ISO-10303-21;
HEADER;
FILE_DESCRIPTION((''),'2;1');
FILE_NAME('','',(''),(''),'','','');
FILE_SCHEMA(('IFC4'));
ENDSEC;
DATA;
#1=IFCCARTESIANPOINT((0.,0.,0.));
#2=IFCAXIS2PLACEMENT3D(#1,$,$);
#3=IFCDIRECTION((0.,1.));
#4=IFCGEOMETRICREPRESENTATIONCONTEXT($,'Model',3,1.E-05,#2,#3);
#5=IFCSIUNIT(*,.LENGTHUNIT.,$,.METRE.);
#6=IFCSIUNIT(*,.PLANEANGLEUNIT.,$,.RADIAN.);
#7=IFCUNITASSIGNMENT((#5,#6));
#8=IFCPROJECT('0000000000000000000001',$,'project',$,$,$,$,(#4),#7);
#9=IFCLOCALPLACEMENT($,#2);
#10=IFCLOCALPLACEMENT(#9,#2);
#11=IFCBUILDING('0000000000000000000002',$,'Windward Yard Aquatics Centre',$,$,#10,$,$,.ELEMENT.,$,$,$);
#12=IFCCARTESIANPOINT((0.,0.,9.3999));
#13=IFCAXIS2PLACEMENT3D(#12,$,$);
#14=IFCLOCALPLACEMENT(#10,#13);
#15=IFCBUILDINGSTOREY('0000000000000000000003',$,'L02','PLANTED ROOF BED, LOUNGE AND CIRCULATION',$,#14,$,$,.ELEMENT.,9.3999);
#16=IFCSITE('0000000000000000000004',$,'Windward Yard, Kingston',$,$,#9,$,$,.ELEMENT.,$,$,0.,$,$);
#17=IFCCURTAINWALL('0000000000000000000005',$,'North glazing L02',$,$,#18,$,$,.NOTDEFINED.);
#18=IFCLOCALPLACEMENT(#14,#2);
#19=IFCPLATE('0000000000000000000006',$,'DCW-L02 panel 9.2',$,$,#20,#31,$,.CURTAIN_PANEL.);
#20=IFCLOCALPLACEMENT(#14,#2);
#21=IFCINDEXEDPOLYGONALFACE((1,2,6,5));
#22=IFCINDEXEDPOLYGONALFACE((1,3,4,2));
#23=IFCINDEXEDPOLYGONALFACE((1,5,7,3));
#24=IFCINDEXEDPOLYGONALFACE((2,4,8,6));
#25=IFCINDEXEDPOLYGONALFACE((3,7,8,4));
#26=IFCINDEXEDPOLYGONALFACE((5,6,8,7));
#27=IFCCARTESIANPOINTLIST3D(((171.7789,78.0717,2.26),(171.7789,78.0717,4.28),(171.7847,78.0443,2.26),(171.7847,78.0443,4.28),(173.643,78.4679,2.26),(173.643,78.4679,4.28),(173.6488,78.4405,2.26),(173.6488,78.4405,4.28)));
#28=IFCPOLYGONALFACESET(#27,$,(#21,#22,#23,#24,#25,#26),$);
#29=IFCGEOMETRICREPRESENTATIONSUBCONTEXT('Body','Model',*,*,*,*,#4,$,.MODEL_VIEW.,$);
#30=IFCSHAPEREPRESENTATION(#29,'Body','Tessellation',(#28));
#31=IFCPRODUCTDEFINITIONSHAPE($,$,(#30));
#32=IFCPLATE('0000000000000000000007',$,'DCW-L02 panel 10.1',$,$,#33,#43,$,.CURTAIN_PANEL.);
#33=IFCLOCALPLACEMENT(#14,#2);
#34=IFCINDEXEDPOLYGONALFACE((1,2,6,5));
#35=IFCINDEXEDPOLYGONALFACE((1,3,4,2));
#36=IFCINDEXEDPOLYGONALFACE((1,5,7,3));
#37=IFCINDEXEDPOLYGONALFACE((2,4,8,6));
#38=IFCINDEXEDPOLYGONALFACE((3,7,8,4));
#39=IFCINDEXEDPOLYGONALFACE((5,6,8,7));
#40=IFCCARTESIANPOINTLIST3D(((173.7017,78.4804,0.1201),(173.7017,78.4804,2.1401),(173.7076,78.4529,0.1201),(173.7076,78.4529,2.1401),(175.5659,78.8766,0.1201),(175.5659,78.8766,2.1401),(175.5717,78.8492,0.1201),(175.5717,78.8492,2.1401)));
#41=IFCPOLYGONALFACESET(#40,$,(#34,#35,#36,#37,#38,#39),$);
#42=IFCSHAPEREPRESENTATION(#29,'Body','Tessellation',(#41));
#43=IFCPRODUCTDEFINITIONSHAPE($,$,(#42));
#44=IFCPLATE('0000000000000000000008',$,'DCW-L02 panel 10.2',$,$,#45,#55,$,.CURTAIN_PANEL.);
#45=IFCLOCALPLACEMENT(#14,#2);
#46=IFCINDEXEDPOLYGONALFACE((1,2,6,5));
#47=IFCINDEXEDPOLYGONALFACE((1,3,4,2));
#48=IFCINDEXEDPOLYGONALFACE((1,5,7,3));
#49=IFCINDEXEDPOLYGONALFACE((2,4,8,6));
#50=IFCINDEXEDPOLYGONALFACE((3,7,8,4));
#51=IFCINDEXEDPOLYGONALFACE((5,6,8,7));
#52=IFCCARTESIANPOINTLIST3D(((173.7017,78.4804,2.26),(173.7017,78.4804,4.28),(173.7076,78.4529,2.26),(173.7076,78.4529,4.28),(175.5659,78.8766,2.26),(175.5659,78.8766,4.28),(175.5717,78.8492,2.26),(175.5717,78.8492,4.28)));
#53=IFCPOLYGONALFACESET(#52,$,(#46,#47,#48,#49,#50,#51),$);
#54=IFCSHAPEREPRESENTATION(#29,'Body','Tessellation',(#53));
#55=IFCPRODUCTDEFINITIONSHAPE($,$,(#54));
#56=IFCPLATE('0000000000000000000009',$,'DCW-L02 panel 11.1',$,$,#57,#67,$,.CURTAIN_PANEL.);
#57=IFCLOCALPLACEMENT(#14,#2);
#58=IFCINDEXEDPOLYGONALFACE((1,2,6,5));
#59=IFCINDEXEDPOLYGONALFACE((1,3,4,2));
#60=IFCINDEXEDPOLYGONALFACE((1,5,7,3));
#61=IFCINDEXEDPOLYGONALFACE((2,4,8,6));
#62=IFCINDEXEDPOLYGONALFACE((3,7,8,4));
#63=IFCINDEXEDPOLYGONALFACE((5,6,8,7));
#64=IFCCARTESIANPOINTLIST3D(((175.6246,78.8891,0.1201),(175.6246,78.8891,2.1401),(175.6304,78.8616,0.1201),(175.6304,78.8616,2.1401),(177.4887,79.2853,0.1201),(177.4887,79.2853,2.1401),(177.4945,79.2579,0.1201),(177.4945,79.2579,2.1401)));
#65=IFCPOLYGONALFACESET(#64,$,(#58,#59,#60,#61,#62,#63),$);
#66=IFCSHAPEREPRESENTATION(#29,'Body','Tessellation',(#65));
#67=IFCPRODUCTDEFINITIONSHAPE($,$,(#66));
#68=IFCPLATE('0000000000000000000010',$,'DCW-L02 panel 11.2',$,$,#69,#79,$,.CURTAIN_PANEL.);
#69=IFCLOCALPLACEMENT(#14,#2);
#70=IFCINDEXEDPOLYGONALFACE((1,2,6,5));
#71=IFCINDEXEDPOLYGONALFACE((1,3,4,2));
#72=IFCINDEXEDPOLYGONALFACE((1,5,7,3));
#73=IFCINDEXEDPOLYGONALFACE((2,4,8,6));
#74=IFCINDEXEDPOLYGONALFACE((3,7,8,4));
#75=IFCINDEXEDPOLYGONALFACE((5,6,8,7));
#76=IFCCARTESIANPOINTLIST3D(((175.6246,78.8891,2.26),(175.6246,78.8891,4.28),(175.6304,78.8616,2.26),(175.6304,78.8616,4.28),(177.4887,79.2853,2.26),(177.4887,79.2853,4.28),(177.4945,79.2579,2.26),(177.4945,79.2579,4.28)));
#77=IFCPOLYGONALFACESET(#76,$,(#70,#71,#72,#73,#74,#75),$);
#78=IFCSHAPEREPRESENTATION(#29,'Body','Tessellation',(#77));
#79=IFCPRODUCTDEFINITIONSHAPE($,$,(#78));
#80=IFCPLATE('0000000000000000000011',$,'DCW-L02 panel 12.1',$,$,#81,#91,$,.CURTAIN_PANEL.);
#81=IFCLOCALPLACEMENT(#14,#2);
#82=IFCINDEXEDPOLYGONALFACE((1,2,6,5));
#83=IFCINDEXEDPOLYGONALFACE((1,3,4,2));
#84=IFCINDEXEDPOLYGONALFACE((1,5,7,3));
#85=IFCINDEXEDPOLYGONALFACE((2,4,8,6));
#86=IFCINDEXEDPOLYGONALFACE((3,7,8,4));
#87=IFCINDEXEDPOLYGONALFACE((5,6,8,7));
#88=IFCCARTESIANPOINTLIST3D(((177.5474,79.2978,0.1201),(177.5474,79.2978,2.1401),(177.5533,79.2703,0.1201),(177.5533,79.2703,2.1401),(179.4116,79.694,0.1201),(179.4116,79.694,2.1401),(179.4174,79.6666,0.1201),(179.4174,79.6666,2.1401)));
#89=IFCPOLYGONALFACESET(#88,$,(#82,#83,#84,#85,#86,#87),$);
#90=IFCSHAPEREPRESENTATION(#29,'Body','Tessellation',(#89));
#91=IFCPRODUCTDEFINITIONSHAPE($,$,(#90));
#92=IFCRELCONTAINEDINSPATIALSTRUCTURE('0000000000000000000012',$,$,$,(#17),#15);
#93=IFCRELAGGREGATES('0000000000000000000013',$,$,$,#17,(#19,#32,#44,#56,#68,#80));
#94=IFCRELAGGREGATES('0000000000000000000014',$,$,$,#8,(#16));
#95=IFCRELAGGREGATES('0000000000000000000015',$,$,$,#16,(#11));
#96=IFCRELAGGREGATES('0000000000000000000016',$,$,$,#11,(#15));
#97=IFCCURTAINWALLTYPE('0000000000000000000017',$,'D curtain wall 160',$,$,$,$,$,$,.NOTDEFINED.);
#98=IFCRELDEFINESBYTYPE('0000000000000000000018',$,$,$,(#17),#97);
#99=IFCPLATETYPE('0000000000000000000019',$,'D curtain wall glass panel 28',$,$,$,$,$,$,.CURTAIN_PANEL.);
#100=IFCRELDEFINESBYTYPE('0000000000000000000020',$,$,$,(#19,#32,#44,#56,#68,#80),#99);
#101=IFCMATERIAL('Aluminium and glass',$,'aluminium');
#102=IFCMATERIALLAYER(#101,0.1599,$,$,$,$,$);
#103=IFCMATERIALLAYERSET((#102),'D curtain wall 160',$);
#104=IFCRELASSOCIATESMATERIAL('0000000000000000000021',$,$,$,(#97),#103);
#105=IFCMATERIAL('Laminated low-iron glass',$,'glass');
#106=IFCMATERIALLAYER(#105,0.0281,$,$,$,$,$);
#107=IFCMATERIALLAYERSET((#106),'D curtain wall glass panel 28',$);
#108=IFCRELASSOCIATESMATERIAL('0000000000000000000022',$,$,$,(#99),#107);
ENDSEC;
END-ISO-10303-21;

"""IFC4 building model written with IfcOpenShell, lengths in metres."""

from ifc_helpers import new_model, si_unit, direction, frame, origin, origin_2d, place, context, subcontext, project, spatial, rectangle, extrude, material, layer, layer_set, type_object, element, aggregate, save


model = new_model("IFC4")

# Units and contexts
model_context = context("Model", 3, precision=1e-05, world=origin(), true_north=direction((0.0, 1.0)))
body_context = subcontext(model_context, "Body", "Model", "MODEL_VIEW")
ifc_project = project(units=[si_unit("LENGTHUNIT", "METRE"), si_unit("PLANEANGLEUNIT", "RADIAN")], contexts=[model_context])

# Site, building, storey
site_placement = place(None, origin())
site = spatial("IfcSite", under=ifc_project, at=site_placement, Name="Windward Yard, Kingston", CompositionType="ELEMENT", RefElevation=0.0)
building_placement = place(site_placement, origin())
building = spatial("IfcBuilding", under=site, at=building_placement, Name="Windward Yard Aquatics Centre", CompositionType="ELEMENT")
storey_placement = place(building_placement, frame((0.0, 0.0, 9.3999)))
storey = spatial("IfcBuildingStorey", under=building, at=storey_placement, Name="L02", Description="PLANTED ROOF BED, LOUNGE AND CIRCULATION", CompositionType="ELEMENT", Elevation=9.3999)

# Curtain wall, plates
ifc_material_1 = material(Name="Aluminium and glass", Category="aluminium")
ifc_layer_1 = layer(ifc_material_1, 0.1599)
ifc_layer_set_1 = layer_set([ifc_layer_1], Name="D curtain wall 160")
curtain_wall_type = type_object("IfcCurtainWallType", Name="D curtain wall 160", PredefinedType="NOTDEFINED", material=ifc_layer_set_1)
curtain_wall_placement = place(storey_placement, origin())
curtain_wall = element("IfcCurtainWall", 1, at=curtain_wall_placement, inside=storey, type_object=curtain_wall_type, Name="North glazing L02", PredefinedType="NOTDEFINED")
ifc_material_2 = material(Name="Laminated low-iron glass", Category="glass")
ifc_layer_2 = layer(ifc_material_2, 0.0281)
ifc_layer_set_2 = layer_set([ifc_layer_2], Name="D curtain wall glass panel 28")
plate_type = type_object("IfcPlateType", Name="D curtain wall glass panel 28", PredefinedType="CURTAIN_PANEL", material=ifc_layer_set_2)
plate_1_placement = place(storey_placement, frame((172.7139, 78.2561, 2.26), z_axis=(0.0, 0.0, 1.0), x_axis=(0.978148, 0.207912, 0.0)))
plate_1 = element("IfcPlate", 2, at=plate_1_placement, type_object=plate_type, Name="DCW-L02 panel 9.2", PredefinedType="CURTAIN_PANEL", context=body_context, shape_type="SweptSolid", body=[
    extrude(rectangle(XDim=1.9058, YDim=0.0281, at=origin_2d()), origin(), (0.0, 0.0, 1.0), 2.02),
])
plate_2_placement = place(storey_placement, frame((174.6367, 78.6648, 0.1201), z_axis=(0.0, 0.0, 1.0), x_axis=(0.978148, 0.207912, 0.0)))
plate_2 = element("IfcPlate", 3, at=plate_2_placement, type_object=plate_type, Name="DCW-L02 panel 10.1", PredefinedType="CURTAIN_PANEL", context=body_context, shape_type="SweptSolid", body=[
    extrude(rectangle(XDim=1.9058, YDim=0.0281, at=origin_2d()), origin(), (0.0, 0.0, 1.0), 2.02),
])
plate_3_placement = place(storey_placement, frame((174.6367, 78.6648, 2.26), z_axis=(0.0, 0.0, 1.0), x_axis=(0.978148, 0.207912, 0.0)))
plate_3 = element("IfcPlate", 4, at=plate_3_placement, type_object=plate_type, Name="DCW-L02 panel 10.2", PredefinedType="CURTAIN_PANEL", context=body_context, shape_type="SweptSolid", body=[
    extrude(rectangle(XDim=1.9058, YDim=0.0281, at=origin_2d()), origin(), (0.0, 0.0, 1.0), 2.02),
])
plate_4_placement = place(storey_placement, frame((176.5596, 79.0735, 0.1201), z_axis=(0.0, 0.0, 1.0), x_axis=(0.978148, 0.207912, 0.0)))
plate_4 = element("IfcPlate", 5, at=plate_4_placement, type_object=plate_type, Name="DCW-L02 panel 11.1", PredefinedType="CURTAIN_PANEL", context=body_context, shape_type="SweptSolid", body=[
    extrude(rectangle(XDim=1.9058, YDim=0.0281, at=origin_2d()), origin(), (0.0, 0.0, 1.0), 2.02),
])
plate_5_placement = place(storey_placement, frame((176.5596, 79.0735, 2.26), z_axis=(0.0, 0.0, 1.0), x_axis=(0.978148, 0.207912, 0.0)))
plate_5 = element("IfcPlate", 6, at=plate_5_placement, type_object=plate_type, Name="DCW-L02 panel 11.2", PredefinedType="CURTAIN_PANEL", context=body_context, shape_type="SweptSolid", body=[
    extrude(rectangle(XDim=1.9058, YDim=0.0281, at=origin_2d()), origin(), (0.0, 0.0, 1.0), 2.02),
])
plate_6_placement = place(storey_placement, frame((178.4824, 79.4822, 0.1201), z_axis=(0.0, 0.0, 1.0), x_axis=(0.978148, 0.207912, 0.0)))
plate_6 = element("IfcPlate", 7, at=plate_6_placement, type_object=plate_type, Name="DCW-L02 panel 12.1", PredefinedType="CURTAIN_PANEL", context=body_context, shape_type="SweptSolid", body=[
    extrude(rectangle(XDim=1.9058, YDim=0.0281, at=origin_2d()), origin(), (0.0, 0.0, 1.0), 2.02),
])
aggregate(curtain_wall, [plate_1, plate_2, plate_3, plate_4, plate_5, plate_6])

save(model, "model.ifc")
